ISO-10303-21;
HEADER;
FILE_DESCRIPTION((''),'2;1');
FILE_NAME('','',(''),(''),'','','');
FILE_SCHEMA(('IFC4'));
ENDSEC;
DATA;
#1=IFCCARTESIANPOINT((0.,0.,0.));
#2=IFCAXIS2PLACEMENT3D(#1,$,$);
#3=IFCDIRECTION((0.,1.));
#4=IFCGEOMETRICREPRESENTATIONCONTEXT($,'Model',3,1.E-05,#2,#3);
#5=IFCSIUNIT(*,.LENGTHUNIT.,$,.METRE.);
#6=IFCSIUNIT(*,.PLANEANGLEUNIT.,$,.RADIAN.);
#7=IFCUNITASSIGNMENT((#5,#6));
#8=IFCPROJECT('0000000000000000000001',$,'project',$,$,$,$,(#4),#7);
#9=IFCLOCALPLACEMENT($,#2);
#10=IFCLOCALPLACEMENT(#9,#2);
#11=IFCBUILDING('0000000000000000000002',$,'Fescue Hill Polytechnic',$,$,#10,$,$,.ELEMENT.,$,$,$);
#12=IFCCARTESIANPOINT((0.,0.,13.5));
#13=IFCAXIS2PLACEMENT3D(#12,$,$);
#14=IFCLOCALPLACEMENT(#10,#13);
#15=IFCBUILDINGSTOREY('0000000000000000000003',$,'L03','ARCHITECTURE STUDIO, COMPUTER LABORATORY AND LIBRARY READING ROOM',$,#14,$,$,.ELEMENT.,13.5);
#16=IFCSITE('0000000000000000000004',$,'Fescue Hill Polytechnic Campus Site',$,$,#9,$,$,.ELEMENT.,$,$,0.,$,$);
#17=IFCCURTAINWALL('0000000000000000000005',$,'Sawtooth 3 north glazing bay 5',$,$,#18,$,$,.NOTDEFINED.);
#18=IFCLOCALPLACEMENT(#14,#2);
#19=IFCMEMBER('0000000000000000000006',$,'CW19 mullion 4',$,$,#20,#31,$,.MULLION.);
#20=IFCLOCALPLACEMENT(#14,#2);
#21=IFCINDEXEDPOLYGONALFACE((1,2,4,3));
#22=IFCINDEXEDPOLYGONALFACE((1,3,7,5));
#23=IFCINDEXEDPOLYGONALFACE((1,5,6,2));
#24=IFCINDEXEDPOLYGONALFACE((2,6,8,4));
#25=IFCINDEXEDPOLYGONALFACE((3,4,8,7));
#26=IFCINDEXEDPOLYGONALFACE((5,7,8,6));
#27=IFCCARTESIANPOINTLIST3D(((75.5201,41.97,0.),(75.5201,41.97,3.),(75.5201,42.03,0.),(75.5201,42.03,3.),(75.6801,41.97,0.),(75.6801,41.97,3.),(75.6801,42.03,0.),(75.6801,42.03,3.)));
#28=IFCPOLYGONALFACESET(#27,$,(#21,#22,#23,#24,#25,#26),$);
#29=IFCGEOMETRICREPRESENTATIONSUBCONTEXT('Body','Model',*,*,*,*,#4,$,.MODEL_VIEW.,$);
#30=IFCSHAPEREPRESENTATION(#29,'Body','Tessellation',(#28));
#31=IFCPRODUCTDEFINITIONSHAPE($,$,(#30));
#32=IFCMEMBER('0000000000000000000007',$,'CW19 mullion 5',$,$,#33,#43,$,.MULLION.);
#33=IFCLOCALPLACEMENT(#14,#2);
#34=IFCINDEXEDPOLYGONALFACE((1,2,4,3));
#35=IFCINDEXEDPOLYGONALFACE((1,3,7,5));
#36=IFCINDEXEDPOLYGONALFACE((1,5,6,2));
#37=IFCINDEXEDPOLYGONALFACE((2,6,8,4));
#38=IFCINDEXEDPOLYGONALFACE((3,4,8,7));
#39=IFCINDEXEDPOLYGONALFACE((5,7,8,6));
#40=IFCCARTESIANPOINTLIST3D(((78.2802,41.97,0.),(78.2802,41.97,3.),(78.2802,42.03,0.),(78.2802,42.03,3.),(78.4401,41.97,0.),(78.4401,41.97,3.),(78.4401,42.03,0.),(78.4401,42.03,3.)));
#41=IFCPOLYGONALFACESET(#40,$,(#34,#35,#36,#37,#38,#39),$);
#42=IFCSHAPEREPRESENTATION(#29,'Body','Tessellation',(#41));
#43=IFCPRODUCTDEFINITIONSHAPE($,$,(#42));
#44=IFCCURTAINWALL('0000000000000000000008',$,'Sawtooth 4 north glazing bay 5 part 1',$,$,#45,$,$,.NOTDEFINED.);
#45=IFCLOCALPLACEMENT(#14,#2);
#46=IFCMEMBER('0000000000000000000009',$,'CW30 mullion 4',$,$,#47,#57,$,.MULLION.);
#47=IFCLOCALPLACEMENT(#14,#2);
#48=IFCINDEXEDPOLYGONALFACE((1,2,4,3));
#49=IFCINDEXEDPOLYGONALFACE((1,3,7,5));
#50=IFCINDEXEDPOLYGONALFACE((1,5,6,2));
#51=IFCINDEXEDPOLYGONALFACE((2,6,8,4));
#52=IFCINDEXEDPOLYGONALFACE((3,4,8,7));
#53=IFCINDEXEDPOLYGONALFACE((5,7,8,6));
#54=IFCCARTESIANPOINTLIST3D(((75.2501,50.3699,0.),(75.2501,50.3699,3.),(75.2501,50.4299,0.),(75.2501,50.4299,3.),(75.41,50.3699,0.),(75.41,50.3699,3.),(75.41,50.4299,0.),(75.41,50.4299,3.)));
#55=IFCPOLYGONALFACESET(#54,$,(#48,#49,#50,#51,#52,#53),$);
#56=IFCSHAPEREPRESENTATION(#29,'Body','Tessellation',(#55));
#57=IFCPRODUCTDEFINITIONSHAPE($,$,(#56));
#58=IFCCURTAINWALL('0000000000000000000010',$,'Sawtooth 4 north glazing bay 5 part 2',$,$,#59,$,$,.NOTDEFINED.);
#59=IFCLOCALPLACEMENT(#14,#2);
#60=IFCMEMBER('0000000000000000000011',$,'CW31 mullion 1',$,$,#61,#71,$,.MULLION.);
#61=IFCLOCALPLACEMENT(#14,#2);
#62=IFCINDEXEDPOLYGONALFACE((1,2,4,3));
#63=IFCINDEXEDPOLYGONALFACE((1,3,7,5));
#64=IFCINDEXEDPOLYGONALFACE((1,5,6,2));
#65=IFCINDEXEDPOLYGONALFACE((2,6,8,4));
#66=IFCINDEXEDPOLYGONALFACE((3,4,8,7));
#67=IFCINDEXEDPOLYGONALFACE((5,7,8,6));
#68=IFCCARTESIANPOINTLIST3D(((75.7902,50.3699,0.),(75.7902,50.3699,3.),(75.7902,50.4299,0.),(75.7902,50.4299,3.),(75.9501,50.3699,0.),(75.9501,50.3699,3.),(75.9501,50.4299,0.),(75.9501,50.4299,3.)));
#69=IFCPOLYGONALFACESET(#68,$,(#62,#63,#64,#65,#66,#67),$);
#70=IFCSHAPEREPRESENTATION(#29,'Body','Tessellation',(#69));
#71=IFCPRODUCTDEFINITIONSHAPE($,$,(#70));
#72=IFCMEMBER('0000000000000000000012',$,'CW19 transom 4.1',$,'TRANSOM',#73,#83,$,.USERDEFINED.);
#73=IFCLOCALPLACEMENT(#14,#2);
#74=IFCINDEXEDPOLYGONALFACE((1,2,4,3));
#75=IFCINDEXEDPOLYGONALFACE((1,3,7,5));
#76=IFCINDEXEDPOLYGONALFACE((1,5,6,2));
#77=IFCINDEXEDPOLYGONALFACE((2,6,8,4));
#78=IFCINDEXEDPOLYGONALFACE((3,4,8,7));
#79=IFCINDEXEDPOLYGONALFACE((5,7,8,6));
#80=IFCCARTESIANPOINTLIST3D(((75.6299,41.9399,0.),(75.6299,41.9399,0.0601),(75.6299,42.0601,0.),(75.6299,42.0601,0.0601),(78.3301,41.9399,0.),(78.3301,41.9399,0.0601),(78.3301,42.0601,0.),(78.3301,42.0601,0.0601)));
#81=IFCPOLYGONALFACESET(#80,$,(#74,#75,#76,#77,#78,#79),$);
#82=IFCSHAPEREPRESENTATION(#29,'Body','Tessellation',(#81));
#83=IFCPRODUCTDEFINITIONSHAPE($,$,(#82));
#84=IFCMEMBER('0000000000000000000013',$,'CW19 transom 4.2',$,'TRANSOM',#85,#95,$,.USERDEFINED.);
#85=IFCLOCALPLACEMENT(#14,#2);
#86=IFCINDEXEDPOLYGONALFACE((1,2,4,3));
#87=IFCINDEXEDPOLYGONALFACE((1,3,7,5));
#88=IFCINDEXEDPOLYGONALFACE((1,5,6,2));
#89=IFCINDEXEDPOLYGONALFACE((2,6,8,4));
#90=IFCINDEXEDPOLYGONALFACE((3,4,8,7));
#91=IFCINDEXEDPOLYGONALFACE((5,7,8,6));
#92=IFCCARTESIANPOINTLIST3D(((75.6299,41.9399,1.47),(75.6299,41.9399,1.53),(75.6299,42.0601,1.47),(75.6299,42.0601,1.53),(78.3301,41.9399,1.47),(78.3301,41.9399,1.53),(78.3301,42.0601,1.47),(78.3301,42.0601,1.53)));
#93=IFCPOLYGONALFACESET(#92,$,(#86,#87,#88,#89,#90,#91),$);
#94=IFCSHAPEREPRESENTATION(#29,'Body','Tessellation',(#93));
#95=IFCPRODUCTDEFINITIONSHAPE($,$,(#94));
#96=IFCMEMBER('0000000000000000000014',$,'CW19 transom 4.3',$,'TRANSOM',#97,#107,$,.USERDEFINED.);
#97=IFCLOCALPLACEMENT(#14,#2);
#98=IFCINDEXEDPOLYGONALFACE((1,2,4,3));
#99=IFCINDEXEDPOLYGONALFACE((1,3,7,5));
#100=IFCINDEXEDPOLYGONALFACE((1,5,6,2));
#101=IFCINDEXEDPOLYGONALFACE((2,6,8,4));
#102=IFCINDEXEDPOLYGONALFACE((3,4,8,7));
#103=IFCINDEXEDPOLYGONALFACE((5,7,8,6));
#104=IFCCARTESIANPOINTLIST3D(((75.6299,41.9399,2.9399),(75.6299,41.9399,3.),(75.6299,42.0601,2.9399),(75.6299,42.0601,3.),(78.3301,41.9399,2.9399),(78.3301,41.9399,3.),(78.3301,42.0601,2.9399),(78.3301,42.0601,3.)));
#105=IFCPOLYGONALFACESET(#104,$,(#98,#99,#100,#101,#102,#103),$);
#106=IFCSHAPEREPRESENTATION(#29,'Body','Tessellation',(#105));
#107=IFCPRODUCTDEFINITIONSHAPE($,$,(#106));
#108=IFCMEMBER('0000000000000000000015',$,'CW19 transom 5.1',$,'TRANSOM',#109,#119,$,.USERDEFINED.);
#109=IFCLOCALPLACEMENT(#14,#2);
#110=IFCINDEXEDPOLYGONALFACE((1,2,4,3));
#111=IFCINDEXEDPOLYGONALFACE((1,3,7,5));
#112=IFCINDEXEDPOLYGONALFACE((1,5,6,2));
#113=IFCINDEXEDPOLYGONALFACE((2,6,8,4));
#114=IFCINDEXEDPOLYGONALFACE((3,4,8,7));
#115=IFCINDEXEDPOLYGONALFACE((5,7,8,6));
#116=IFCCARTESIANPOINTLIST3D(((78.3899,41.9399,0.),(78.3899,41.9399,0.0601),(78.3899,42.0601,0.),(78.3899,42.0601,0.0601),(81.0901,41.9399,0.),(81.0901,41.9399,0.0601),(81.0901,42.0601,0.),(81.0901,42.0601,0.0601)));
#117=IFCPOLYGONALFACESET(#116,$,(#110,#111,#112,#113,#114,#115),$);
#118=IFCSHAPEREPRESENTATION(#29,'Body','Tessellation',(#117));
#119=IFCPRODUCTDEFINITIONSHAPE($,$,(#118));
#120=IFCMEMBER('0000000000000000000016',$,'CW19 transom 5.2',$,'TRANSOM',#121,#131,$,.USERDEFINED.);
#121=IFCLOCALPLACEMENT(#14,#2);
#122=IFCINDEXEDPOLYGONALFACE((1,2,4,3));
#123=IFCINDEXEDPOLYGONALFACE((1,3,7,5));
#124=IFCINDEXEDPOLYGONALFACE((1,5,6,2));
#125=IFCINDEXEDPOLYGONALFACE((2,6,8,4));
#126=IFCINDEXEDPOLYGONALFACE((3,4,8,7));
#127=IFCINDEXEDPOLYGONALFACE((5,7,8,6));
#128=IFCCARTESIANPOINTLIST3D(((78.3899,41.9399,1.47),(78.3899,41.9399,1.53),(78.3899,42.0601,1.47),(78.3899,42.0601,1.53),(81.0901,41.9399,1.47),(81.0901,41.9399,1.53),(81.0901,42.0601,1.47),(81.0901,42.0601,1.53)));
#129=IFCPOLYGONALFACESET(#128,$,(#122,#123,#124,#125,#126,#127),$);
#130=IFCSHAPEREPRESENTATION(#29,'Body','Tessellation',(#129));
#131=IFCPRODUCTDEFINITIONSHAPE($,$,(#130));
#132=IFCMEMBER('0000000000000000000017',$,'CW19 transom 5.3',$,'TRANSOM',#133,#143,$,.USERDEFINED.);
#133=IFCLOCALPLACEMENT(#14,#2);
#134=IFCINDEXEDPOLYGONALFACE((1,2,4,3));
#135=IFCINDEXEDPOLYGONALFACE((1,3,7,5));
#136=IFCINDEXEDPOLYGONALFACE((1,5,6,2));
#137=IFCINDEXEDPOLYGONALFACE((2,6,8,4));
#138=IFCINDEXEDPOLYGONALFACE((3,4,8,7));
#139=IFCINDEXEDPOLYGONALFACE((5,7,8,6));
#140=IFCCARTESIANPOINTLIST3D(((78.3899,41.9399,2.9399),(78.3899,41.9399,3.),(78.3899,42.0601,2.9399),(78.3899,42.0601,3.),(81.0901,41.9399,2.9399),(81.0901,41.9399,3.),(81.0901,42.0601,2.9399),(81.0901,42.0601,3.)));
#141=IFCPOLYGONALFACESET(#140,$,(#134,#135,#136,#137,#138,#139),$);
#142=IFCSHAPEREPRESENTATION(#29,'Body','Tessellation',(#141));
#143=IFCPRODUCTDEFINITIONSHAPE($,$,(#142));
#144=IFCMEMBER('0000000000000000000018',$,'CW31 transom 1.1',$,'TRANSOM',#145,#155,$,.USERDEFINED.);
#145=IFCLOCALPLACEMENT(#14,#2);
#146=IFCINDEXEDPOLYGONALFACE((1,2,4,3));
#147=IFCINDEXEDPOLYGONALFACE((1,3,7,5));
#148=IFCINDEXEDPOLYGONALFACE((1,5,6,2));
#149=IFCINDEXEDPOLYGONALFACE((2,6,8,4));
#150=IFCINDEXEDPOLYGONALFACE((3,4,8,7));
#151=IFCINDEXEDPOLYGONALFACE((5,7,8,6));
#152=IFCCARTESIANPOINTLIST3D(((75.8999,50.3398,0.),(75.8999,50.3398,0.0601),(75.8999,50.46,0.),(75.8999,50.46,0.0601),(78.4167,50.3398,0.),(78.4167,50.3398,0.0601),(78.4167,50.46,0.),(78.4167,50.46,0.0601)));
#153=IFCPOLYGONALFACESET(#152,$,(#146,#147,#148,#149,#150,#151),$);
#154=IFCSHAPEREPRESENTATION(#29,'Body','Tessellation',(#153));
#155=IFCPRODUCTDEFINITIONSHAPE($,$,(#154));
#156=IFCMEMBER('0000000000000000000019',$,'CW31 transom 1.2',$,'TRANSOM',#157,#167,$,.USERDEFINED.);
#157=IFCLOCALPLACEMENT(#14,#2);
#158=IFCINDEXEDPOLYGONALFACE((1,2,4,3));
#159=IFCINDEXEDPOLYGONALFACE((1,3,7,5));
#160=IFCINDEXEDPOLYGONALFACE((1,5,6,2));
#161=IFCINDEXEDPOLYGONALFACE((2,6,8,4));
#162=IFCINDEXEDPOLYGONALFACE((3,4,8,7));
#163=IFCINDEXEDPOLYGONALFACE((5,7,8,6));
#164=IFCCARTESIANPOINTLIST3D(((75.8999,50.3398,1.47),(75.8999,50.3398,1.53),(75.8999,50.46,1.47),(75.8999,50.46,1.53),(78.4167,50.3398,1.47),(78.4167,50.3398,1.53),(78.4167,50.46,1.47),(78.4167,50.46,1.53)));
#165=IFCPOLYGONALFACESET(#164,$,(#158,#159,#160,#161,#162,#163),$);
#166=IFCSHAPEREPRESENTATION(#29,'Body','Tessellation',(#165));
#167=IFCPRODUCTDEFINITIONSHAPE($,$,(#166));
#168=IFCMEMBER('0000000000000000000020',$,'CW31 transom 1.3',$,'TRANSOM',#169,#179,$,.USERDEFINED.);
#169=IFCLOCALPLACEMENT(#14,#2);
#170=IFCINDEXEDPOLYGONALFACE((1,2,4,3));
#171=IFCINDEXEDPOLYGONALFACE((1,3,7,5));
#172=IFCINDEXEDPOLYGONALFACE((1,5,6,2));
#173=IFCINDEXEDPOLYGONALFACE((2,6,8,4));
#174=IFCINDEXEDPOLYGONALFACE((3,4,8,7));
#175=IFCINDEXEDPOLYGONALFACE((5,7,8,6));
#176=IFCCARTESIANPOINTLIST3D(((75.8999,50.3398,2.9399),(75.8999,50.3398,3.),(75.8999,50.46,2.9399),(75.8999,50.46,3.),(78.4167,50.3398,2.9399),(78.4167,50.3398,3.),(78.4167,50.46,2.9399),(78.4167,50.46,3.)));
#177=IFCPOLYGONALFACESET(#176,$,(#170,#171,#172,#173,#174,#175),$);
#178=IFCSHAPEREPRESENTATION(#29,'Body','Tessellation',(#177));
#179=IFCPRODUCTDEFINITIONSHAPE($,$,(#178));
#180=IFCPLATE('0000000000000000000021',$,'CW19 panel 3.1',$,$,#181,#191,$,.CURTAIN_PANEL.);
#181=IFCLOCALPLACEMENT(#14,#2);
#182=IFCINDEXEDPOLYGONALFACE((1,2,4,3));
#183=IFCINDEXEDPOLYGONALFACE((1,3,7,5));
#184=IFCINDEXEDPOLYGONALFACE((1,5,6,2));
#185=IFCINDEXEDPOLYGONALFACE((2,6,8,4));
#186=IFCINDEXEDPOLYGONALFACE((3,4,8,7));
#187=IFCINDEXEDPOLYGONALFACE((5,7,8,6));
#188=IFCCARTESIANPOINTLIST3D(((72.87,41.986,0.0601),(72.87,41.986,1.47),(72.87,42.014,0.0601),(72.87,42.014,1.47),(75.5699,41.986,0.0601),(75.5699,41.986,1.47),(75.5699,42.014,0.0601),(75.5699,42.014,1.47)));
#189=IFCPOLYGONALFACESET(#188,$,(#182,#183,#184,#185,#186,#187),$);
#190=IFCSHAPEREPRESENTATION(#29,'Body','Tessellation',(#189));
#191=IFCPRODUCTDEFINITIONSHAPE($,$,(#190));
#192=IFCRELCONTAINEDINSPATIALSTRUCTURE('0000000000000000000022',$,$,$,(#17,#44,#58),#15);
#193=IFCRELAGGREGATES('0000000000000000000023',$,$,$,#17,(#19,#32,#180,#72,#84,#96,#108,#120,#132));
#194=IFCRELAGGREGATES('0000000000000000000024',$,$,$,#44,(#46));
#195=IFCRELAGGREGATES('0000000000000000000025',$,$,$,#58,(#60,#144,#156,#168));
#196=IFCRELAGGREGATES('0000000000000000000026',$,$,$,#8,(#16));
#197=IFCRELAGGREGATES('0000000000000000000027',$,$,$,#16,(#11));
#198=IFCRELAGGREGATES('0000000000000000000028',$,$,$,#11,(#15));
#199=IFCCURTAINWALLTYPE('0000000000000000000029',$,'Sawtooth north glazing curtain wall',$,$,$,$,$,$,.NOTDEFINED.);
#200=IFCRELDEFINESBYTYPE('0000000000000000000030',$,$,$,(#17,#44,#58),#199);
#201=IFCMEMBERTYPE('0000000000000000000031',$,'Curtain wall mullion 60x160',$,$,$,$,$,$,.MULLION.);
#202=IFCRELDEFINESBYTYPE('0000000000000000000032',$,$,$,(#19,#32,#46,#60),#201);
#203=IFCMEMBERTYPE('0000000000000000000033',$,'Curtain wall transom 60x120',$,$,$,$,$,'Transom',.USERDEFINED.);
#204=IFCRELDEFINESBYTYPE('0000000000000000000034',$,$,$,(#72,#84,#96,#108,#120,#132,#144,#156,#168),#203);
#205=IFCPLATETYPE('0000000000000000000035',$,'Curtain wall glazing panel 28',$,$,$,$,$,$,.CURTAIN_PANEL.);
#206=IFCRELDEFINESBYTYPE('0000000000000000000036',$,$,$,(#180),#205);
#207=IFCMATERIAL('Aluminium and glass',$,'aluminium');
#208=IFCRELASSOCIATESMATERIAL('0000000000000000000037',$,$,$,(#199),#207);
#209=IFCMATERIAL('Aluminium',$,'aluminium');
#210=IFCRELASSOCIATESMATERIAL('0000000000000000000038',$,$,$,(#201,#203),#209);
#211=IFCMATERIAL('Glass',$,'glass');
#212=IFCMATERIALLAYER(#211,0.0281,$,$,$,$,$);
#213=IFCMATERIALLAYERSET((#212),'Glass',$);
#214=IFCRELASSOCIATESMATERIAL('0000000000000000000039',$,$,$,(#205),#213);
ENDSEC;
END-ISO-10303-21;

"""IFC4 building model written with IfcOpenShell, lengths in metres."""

from ifc_helpers import new_model, si_unit, direction, frame, origin, origin_2d, place, context, subcontext, project, spatial, rectangle, extrude, material, layer, layer_set, material_profile, profile_set, type_object, element, aggregate, save


model = new_model("IFC4")

# Units and contexts
model_context = context("Model", 3, precision=1e-05, world=origin(), true_north=direction((0.0, 1.0)))
body_context = subcontext(model_context, "Body", "Model", "MODEL_VIEW")
ifc_project = project(units=[si_unit("LENGTHUNIT", "METRE"), si_unit("PLANEANGLEUNIT", "RADIAN")], contexts=[model_context])

# Site, building, storey
site_placement = place(None, origin())
site = spatial("IfcSite", under=ifc_project, at=site_placement, Name="Fescue Hill Polytechnic Campus Site", CompositionType="ELEMENT", RefElevation=0.0)
building_placement = place(site_placement, origin())
building = spatial("IfcBuilding", under=site, at=building_placement, Name="Fescue Hill Polytechnic", CompositionType="ELEMENT")
storey_placement = place(building_placement, frame((0.0, 0.0, 13.5)))
storey = spatial("IfcBuildingStorey", under=building, at=storey_placement, Name="L03", Description="ARCHITECTURE STUDIO, COMPUTER LABORATORY AND LIBRARY READING ROOM", CompositionType="ELEMENT", Elevation=13.5)

# Curtain wall, members
ifc_material_1 = material(Name="Aluminium and glass", Category="aluminium")
curtain_wall_type = type_object("IfcCurtainWallType", Name="Sawtooth north glazing curtain wall", PredefinedType="NOTDEFINED", material=ifc_material_1)
curtain_wall_1_placement = place(storey_placement, origin())
curtain_wall_1 = element("IfcCurtainWall", 1, at=curtain_wall_1_placement, inside=storey, type_object=curtain_wall_type, Name="Sawtooth 3 north glazing bay 5", PredefinedType="NOTDEFINED")
ifc_material_2 = material(Name="Aluminium", Category="aluminium")
ifc_material_profile_1 = material_profile(ifc_material_2, rectangle(XDim=0.0601, YDim=0.1599, at=origin_2d()), Name="Curtain wall mullion 60x160")
ifc_profile_set_1 = profile_set([ifc_material_profile_1], Name="Aluminium")
member_type_1 = type_object("IfcMemberType", Name="Curtain wall mullion 60x160", PredefinedType="MULLION", material=ifc_profile_set_1)
member_1_placement = place(storey_placement, frame((75.6001, 42.0, 0.0), z_axis=(0.0, 0.0, 1.0), x_axis=(0.0, 1.0, 0.0)))
member_1 = element("IfcMember", 2, at=member_1_placement, type_object=member_type_1, Name="CW19 mullion 4", PredefinedType="MULLION", context=body_context, shape_type="SweptSolid", body=[
    extrude(rectangle(XDim=0.0601, YDim=0.1599, at=origin_2d()), origin(), (0.0, 0.0, 1.0), 3.0),
])
member_2_placement = place(storey_placement, frame((78.3601, 42.0, 0.0), z_axis=(0.0, 0.0, 1.0), x_axis=(0.0, 1.0, 0.0)))
member_2 = element("IfcMember", 3, at=member_2_placement, type_object=member_type_1, Name="CW19 mullion 5", PredefinedType="MULLION", context=body_context, shape_type="SweptSolid", body=[
    extrude(rectangle(XDim=0.0601, YDim=0.1599, at=origin_2d()), origin(), (0.0, 0.0, 1.0), 3.0),
])

# Curtain walls, members
curtain_wall_2_placement = place(storey_placement, origin())
curtain_wall_2 = element("IfcCurtainWall", 4, at=curtain_wall_2_placement, inside=storey, type_object=curtain_wall_type, Name="Sawtooth 4 north glazing bay 5 part 1", PredefinedType="NOTDEFINED")
member_3_placement = place(storey_placement, frame((75.3301, 50.3999, 0.0), z_axis=(0.0, 0.0, 1.0), x_axis=(0.0, 1.0, 0.0)))
member_3 = element("IfcMember", 5, at=member_3_placement, type_object=member_type_1, Name="CW30 mullion 4", PredefinedType="MULLION", context=body_context, shape_type="SweptSolid", body=[
    extrude(rectangle(XDim=0.0601, YDim=0.1599, at=origin_2d()), origin(), (0.0, 0.0, 1.0), 3.0),
])
curtain_wall_3_placement = place(storey_placement, origin())
curtain_wall_3 = element("IfcCurtainWall", 6, at=curtain_wall_3_placement, inside=storey, type_object=curtain_wall_type, Name="Sawtooth 4 north glazing bay 5 part 2", PredefinedType="NOTDEFINED")
member_4_placement = place(storey_placement, frame((75.8701, 50.3999, 0.0), z_axis=(0.0, 0.0, 1.0), x_axis=(0.0, 1.0, 0.0)))
member_4 = element("IfcMember", 7, at=member_4_placement, type_object=member_type_1, Name="CW31 mullion 1", PredefinedType="MULLION", context=body_context, shape_type="SweptSolid", body=[
    extrude(rectangle(XDim=0.0601, YDim=0.1599, at=origin_2d()), origin(), (0.0, 0.0, 1.0), 3.0),
])

# Members
ifc_material_profile_2 = material_profile(ifc_material_2, rectangle(XDim=0.1201, YDim=0.0601, at=origin_2d()), Name="Curtain wall transom 60x120")
ifc_profile_set_2 = profile_set([ifc_material_profile_2], Name="Aluminium")
member_type_2 = type_object("IfcMemberType", Name="Curtain wall transom 60x120", ElementType="Transom", PredefinedType="USERDEFINED", material=ifc_profile_set_2)
member_5_placement = place(storey_placement, frame((75.6299, 42.0, 0.03), z_axis=(1.0, 0.0, 0.0), x_axis=(0.0, 1.0, 0.0)))
member_5 = element("IfcMember", 8, at=member_5_placement, type_object=member_type_2, Name="CW19 transom 4.1", ObjectType="TRANSOM", PredefinedType="USERDEFINED", context=body_context, shape_type="SweptSolid", body=[
    extrude(rectangle(XDim=0.1201, YDim=0.0601, at=origin_2d()), origin(), (0.0, 0.0, 1.0), 2.7002),
])
member_6_placement = place(storey_placement, frame((75.6299, 42.0, 1.5), z_axis=(1.0, 0.0, 0.0), x_axis=(0.0, 1.0, 0.0)))
member_6 = element("IfcMember", 9, at=member_6_placement, type_object=member_type_2, Name="CW19 transom 4.2", ObjectType="TRANSOM", PredefinedType="USERDEFINED", context=body_context, shape_type="SweptSolid", body=[
    extrude(rectangle(XDim=0.1201, YDim=0.0601, at=origin_2d()), origin(), (0.0, 0.0, 1.0), 2.7002),
])
member_7_placement = place(storey_placement, frame((75.6299, 42.0, 2.97), z_axis=(1.0, 0.0, 0.0), x_axis=(0.0, 1.0, 0.0)))
member_7 = element("IfcMember", 10, at=member_7_placement, type_object=member_type_2, Name="CW19 transom 4.3", ObjectType="TRANSOM", PredefinedType="USERDEFINED", context=body_context, shape_type="SweptSolid", body=[
    extrude(rectangle(XDim=0.1201, YDim=0.0601, at=origin_2d()), origin(), (0.0, 0.0, 1.0), 2.7002),
])
member_8_placement = place(storey_placement, frame((78.3899, 42.0, 0.03), z_axis=(1.0, 0.0, 0.0), x_axis=(0.0, 1.0, 0.0)))
member_8 = element("IfcMember", 11, at=member_8_placement, type_object=member_type_2, Name="CW19 transom 5.1", ObjectType="TRANSOM", PredefinedType="USERDEFINED", context=body_context, shape_type="SweptSolid", body=[
    extrude(rectangle(XDim=0.1201, YDim=0.0601, at=origin_2d()), origin(), (0.0, 0.0, 1.0), 2.7002),
])
member_9_placement = place(storey_placement, frame((78.3899, 42.0, 1.5), z_axis=(1.0, 0.0, 0.0), x_axis=(0.0, 1.0, 0.0)))
member_9 = element("IfcMember", 12, at=member_9_placement, type_object=member_type_2, Name="CW19 transom 5.2", ObjectType="TRANSOM", PredefinedType="USERDEFINED", context=body_context, shape_type="SweptSolid", body=[
    extrude(rectangle(XDim=0.1201, YDim=0.0601, at=origin_2d()), origin(), (0.0, 0.0, 1.0), 2.7002),
])
member_10_placement = place(storey_placement, frame((78.3899, 42.0, 2.97), z_axis=(1.0, 0.0, 0.0), x_axis=(0.0, 1.0, 0.0)))
member_10 = element("IfcMember", 13, at=member_10_placement, type_object=member_type_2, Name="CW19 transom 5.3", ObjectType="TRANSOM", PredefinedType="USERDEFINED", context=body_context, shape_type="SweptSolid", body=[
    extrude(rectangle(XDim=0.1201, YDim=0.0601, at=origin_2d()), origin(), (0.0, 0.0, 1.0), 2.7002),
])
member_11_placement = place(storey_placement, frame((75.8999, 50.3999, 0.03), z_axis=(1.0, 0.0, 0.0), x_axis=(0.0, 1.0, 0.0)))
member_11 = element("IfcMember", 14, at=member_11_placement, type_object=member_type_2, Name="CW31 transom 1.1", ObjectType="TRANSOM", PredefinedType="USERDEFINED", context=body_context, shape_type="SweptSolid", body=[
    extrude(rectangle(XDim=0.1201, YDim=0.0601, at=origin_2d()), origin(), (0.0, 0.0, 1.0), 2.5168),
])
member_12_placement = place(storey_placement, frame((75.8999, 50.3999, 1.5), z_axis=(1.0, 0.0, 0.0), x_axis=(0.0, 1.0, 0.0)))
member_12 = element("IfcMember", 15, at=member_12_placement, type_object=member_type_2, Name="CW31 transom 1.2", ObjectType="TRANSOM", PredefinedType="USERDEFINED", context=body_context, shape_type="SweptSolid", body=[
    extrude(rectangle(XDim=0.1201, YDim=0.0601, at=origin_2d()), origin(), (0.0, 0.0, 1.0), 2.5168),
])
member_13_placement = place(storey_placement, frame((75.8999, 50.3999, 2.97), z_axis=(1.0, 0.0, 0.0), x_axis=(0.0, 1.0, 0.0)))
member_13 = element("IfcMember", 16, at=member_13_placement, type_object=member_type_2, Name="CW31 transom 1.3", ObjectType="TRANSOM", PredefinedType="USERDEFINED", context=body_context, shape_type="SweptSolid", body=[
    extrude(rectangle(XDim=0.1201, YDim=0.0601, at=origin_2d()), origin(), (0.0, 0.0, 1.0), 2.5168),
])

# Plate
ifc_material_3 = material(Name="Glass", Category="glass")
ifc_layer = layer(ifc_material_3, 0.0281)
ifc_layer_set = layer_set([ifc_layer], Name="Glass")
plate_type = type_object("IfcPlateType", Name="Curtain wall glazing panel 28", PredefinedType="CURTAIN_PANEL", material=ifc_layer_set)
plate_1_placement = place(storey_placement, frame((74.22, 42.0, 0.0601), z_axis=(0.0, 0.0, 1.0), x_axis=(1.0, 0.0, 0.0)))
plate_1 = element("IfcPlate", 17, at=plate_1_placement, type_object=plate_type, Name="CW19 panel 3.1", PredefinedType="CURTAIN_PANEL", context=body_context, shape_type="SweptSolid", body=[
    extrude(rectangle(XDim=2.7, YDim=0.0281, at=origin_2d()), origin(), (0.0, 0.0, 1.0), 1.4099),
])
aggregate(curtain_wall_1, [member_1, member_2, plate_1, member_5, member_6, member_7, member_8, member_9, member_10])
aggregate(curtain_wall_2, [member_3])
aggregate(curtain_wall_3, [member_4, member_11, member_12, member_13])

save(model, "model.ifc")
